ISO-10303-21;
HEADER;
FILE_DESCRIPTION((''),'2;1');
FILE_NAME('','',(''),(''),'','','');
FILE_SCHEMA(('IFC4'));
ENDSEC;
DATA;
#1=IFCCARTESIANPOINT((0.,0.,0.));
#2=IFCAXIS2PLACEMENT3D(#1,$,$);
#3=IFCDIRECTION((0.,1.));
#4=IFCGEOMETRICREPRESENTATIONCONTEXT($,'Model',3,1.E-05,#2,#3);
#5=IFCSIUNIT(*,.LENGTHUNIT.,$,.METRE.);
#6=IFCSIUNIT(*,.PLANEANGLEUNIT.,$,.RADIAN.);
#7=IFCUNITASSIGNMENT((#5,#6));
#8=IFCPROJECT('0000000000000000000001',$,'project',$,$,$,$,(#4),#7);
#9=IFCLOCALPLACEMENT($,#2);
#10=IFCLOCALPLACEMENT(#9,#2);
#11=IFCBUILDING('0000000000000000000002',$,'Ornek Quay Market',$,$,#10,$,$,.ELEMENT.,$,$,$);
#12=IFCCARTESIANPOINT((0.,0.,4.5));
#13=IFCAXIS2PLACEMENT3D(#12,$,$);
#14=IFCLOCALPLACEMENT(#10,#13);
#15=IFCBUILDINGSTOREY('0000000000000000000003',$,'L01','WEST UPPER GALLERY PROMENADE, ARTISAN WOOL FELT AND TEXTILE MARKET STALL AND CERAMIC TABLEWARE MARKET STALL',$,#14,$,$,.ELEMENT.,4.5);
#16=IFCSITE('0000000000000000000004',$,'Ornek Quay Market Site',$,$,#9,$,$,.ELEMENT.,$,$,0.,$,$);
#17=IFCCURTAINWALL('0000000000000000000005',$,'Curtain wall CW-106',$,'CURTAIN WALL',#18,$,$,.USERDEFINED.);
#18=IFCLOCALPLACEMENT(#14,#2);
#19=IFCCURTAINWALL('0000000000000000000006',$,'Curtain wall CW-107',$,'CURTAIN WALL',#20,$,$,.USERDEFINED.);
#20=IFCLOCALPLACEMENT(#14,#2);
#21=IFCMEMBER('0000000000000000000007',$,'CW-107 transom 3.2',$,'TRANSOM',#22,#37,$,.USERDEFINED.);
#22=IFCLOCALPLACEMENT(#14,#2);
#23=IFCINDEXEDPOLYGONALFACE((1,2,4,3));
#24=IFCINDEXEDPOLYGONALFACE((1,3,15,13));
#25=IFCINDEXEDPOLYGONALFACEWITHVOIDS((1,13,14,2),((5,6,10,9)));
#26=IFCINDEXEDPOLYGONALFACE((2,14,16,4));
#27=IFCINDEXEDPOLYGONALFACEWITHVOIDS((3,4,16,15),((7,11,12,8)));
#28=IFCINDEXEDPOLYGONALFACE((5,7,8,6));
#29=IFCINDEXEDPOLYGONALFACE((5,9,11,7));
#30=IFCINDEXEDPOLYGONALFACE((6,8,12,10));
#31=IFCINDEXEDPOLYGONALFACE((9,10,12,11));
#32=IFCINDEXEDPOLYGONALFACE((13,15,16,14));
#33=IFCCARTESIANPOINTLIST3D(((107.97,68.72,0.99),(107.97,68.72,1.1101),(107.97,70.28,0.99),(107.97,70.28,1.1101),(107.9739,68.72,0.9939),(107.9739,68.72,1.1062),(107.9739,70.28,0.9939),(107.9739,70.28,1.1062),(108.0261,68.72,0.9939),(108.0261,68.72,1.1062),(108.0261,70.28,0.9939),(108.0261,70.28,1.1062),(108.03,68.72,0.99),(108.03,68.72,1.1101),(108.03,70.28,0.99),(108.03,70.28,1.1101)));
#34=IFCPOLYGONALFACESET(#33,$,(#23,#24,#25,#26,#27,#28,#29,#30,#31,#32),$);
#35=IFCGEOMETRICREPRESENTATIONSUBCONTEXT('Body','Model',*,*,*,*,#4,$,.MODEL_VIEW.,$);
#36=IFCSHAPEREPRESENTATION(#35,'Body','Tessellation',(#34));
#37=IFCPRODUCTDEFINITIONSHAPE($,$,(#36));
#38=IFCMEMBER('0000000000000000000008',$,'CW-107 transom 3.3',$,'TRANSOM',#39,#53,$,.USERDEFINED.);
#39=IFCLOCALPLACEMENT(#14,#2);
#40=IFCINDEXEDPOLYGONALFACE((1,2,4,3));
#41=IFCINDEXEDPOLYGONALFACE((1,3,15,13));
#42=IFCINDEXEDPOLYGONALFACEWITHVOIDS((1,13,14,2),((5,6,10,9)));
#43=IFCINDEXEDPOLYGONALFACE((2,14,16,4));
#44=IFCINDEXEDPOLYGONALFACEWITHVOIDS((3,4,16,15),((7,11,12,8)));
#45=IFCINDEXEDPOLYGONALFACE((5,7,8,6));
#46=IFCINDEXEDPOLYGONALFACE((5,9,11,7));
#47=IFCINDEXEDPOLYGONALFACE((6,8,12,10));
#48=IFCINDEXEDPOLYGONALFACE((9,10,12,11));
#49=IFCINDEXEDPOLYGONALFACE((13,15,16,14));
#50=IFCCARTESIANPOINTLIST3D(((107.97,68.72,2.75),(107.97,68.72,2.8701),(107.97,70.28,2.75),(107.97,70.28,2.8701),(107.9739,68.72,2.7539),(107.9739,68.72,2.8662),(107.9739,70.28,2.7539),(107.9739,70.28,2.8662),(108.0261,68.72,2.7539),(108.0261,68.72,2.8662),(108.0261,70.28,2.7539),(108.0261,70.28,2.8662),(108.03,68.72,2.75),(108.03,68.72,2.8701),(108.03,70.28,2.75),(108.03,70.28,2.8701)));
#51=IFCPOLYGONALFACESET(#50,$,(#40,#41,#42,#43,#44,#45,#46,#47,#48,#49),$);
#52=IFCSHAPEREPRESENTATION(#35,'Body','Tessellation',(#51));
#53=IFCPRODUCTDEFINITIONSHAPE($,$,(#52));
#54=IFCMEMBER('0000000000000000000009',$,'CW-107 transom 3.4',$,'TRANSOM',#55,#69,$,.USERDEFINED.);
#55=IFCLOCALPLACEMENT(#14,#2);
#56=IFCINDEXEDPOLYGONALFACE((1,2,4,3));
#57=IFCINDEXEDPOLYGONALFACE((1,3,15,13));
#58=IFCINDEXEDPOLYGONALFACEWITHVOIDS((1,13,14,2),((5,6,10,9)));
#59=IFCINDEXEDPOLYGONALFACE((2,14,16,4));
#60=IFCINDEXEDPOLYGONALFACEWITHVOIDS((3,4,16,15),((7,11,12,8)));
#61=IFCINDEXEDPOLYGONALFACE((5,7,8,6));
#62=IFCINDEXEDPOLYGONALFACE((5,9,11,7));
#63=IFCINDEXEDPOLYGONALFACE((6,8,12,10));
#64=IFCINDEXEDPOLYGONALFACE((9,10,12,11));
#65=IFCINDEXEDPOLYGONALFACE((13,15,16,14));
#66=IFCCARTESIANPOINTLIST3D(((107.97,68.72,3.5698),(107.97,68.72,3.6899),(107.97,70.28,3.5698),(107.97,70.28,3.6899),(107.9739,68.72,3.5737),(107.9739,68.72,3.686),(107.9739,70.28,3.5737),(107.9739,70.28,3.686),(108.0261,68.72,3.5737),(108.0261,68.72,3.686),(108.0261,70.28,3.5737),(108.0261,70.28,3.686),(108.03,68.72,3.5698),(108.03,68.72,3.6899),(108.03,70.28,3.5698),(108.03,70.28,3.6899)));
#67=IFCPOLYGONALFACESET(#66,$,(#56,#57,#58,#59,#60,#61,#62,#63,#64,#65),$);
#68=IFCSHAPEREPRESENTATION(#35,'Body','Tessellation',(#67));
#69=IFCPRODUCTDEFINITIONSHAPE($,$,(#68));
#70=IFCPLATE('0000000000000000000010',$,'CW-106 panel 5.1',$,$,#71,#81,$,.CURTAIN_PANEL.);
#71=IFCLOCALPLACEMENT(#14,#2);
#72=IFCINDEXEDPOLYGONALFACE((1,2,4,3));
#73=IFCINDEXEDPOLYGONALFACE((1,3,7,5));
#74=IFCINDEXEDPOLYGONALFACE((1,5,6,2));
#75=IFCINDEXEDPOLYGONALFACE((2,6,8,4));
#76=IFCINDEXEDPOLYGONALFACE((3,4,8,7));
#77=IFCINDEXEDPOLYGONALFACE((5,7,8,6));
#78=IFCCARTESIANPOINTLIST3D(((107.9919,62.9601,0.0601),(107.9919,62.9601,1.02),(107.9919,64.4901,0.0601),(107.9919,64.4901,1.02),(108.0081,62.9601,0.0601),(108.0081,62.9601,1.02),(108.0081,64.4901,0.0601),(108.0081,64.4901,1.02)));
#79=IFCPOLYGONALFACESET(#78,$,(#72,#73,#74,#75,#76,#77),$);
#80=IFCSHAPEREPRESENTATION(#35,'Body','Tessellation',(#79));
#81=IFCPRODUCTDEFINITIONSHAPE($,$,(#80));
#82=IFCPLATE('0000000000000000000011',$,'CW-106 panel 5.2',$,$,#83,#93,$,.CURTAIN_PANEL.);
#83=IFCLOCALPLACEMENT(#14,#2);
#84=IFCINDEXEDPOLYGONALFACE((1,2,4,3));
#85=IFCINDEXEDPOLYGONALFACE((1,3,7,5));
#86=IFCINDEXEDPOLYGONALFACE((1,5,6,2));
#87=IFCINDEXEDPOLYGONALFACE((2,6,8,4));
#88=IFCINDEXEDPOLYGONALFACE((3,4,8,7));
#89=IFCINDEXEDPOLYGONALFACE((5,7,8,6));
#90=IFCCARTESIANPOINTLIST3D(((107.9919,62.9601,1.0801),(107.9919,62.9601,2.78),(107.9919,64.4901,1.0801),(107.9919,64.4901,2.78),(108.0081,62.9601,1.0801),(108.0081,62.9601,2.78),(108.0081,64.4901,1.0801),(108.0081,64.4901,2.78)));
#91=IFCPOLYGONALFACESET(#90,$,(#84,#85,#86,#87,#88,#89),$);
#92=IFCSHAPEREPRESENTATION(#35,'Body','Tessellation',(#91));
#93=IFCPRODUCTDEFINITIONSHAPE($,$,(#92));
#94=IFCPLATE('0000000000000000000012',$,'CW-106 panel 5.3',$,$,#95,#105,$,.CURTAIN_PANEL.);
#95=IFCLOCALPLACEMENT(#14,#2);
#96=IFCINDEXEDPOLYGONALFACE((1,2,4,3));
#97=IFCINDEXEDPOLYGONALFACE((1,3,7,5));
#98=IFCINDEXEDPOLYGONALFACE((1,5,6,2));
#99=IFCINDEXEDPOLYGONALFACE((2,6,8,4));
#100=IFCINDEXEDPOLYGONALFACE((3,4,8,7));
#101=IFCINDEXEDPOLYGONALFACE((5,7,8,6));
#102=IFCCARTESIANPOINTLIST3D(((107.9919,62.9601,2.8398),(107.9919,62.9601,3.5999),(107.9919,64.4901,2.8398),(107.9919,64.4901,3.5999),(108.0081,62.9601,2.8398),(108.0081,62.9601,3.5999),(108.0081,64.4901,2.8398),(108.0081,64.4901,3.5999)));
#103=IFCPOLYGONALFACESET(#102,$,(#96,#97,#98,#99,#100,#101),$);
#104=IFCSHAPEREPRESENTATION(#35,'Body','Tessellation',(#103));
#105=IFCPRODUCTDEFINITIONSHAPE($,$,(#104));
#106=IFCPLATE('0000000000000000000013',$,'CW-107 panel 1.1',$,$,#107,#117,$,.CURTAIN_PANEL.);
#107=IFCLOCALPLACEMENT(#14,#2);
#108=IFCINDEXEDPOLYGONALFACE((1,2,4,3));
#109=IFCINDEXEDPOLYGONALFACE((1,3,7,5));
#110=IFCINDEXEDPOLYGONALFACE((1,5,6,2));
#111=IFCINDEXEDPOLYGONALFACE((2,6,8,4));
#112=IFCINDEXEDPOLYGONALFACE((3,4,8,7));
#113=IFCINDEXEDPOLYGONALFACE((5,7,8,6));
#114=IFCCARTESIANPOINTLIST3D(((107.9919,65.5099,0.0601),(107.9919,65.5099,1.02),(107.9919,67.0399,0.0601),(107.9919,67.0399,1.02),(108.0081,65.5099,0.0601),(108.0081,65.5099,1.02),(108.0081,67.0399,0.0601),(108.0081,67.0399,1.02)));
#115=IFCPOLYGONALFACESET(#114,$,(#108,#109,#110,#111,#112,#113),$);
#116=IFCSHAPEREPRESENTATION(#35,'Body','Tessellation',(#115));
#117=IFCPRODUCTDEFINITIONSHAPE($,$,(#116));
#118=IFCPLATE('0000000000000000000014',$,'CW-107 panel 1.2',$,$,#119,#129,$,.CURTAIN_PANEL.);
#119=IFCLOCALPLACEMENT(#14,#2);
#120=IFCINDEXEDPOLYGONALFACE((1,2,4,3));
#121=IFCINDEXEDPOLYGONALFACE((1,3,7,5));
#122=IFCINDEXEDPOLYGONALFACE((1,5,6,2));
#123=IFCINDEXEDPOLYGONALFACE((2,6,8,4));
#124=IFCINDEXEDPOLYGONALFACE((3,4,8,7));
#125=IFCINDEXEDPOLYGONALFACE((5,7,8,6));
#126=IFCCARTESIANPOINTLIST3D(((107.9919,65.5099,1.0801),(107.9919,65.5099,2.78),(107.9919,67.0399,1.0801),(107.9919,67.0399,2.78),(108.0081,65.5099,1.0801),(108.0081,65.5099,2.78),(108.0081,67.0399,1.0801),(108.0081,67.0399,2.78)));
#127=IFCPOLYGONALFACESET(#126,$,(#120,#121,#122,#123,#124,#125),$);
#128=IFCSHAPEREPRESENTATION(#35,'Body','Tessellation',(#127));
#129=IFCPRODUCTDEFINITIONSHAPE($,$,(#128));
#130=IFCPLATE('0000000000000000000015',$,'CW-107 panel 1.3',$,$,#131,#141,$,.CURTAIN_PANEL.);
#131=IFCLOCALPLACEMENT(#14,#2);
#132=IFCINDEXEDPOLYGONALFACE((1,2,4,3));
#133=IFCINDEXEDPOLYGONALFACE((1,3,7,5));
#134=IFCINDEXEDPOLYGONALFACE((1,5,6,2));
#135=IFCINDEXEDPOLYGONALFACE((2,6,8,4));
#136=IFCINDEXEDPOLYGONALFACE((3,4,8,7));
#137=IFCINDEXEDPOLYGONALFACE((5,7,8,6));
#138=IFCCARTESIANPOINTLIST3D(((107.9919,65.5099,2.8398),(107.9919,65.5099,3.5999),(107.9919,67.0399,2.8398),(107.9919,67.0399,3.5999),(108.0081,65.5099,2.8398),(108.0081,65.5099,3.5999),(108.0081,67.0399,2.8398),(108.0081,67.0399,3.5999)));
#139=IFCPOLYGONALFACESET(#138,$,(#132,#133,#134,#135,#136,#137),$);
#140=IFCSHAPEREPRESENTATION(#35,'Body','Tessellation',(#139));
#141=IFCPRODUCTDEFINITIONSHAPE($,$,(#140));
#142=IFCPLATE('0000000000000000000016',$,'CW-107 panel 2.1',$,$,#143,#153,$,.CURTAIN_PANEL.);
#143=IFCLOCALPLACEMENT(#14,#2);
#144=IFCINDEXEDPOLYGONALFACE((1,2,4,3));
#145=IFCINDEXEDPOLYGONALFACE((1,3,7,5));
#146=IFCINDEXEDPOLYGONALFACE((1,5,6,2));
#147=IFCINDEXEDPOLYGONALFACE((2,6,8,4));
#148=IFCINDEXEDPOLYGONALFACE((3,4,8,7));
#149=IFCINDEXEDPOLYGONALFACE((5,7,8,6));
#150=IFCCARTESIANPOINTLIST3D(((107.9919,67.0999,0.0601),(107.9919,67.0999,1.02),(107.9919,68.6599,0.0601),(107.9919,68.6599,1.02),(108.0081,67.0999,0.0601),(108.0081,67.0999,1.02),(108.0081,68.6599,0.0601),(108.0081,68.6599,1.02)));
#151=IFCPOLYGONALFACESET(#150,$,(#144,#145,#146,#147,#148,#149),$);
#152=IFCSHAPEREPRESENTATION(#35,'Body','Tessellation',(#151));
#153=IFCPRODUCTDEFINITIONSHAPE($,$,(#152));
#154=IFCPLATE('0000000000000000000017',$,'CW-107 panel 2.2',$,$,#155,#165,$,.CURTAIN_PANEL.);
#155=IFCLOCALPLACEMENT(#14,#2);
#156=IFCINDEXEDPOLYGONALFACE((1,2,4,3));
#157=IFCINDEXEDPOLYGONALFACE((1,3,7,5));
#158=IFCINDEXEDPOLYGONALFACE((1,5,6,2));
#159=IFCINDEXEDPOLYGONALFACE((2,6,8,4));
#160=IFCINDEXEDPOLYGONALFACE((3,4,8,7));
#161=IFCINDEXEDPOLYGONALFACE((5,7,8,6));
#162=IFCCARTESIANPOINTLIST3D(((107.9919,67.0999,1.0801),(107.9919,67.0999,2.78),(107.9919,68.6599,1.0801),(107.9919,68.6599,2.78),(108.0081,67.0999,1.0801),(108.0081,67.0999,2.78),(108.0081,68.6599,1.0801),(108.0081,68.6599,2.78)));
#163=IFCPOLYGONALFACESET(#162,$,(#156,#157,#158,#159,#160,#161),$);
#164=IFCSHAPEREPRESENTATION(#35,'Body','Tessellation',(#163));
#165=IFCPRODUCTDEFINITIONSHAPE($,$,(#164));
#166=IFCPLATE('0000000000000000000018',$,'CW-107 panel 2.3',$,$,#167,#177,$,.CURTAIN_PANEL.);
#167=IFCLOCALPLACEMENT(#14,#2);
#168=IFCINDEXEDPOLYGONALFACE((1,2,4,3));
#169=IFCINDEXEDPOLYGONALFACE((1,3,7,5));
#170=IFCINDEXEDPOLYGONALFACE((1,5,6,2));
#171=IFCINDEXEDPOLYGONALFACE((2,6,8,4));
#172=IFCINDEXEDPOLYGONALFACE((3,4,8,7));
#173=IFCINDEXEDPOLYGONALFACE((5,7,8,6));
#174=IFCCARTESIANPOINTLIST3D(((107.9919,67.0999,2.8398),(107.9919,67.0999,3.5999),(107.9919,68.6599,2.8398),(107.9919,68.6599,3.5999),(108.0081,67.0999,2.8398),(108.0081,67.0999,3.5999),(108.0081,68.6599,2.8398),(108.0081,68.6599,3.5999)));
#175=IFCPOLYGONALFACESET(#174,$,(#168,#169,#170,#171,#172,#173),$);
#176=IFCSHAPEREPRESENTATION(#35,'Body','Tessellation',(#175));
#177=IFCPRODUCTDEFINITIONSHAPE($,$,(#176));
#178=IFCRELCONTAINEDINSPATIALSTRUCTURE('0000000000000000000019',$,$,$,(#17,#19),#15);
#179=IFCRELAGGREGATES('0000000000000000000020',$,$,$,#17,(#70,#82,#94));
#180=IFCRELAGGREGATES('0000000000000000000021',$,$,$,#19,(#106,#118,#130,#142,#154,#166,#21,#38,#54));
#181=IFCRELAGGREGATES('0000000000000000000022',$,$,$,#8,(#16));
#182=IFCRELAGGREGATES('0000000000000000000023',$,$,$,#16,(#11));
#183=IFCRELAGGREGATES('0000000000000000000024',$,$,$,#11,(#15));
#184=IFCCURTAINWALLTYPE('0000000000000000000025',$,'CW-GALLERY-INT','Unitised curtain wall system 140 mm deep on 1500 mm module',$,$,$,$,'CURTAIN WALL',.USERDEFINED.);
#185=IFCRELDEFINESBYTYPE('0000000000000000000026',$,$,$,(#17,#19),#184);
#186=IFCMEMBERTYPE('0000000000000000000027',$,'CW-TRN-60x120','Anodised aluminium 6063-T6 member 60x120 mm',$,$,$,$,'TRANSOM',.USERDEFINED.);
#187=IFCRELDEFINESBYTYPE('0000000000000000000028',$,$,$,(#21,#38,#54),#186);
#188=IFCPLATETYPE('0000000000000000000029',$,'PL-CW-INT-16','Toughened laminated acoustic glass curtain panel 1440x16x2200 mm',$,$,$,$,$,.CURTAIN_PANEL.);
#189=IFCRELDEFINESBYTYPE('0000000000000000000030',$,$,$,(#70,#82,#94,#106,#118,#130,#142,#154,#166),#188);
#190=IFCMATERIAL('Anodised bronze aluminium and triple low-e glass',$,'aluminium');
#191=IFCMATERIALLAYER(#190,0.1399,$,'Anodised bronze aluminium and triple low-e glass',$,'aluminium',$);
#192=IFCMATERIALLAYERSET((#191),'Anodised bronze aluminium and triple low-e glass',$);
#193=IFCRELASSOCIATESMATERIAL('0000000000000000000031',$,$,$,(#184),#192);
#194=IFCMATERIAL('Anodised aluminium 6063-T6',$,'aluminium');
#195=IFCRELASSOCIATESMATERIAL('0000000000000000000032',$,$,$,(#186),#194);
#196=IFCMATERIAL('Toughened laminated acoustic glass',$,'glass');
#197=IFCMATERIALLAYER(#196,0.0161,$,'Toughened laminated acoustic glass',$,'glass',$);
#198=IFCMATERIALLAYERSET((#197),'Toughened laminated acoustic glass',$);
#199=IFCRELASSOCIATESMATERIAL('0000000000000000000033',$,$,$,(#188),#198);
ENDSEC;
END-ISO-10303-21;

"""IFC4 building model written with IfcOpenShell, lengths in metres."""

from ifc_helpers import new_model, si_unit, direction, frame, origin, origin_2d, place, context, subcontext, project, spatial, rectangle, hollow_rectangle, extrude, material, layer, layer_set, material_profile, profile_set, type_object, element, aggregate, save


model = new_model("IFC4")

# Units and contexts
model_context = context("Model", 3, precision=1e-05, world=origin(), true_north=direction((0.0, 1.0)))
body_context = subcontext(model_context, "Body", "Model", "MODEL_VIEW")
ifc_project = project(units=[si_unit("LENGTHUNIT", "METRE"), si_unit("PLANEANGLEUNIT", "RADIAN")], contexts=[model_context])

# Site, building, storey
site_placement = place(None, origin())
site = spatial("IfcSite", under=ifc_project, at=site_placement, Name="Ornek Quay Market Site", CompositionType="ELEMENT", RefElevation=0.0)
building_placement = place(site_placement, origin())
building = spatial("IfcBuilding", under=site, at=building_placement, Name="Ornek Quay Market", CompositionType="ELEMENT")
storey_placement = place(building_placement, frame((0.0, 0.0, 4.5)))
storey = spatial("IfcBuildingStorey", under=building, at=storey_placement, Name="L01", Description="WEST UPPER GALLERY PROMENADE, ARTISAN WOOL FELT AND TEXTILE MARKET STALL AND CERAMIC TABLEWARE MARKET STALL", CompositionType="ELEMENT", Elevation=4.5)

# Curtain walls
ifc_material_1 = material(Name="Anodised bronze aluminium and triple low-e glass", Category="aluminium")
ifc_layer_1 = layer(ifc_material_1, 0.1399, Name="Anodised bronze aluminium and triple low-e glass", Category="aluminium")
ifc_layer_set_1 = layer_set([ifc_layer_1], Name="Anodised bronze aluminium and triple low-e glass")
curtain_wall_type = type_object("IfcCurtainWallType", Name="CW-GALLERY-INT", Description="Unitised curtain wall system 140 mm deep on 1500 mm module", ElementType="CURTAIN WALL", PredefinedType="USERDEFINED", material=ifc_layer_set_1)
curtain_wall_1_placement = place(storey_placement, origin())
curtain_wall_1 = element("IfcCurtainWall", 1, at=curtain_wall_1_placement, inside=storey, type_object=curtain_wall_type, Name="Curtain wall CW-106", ObjectType="CURTAIN WALL", PredefinedType="USERDEFINED")
ifc_material_2 = material(Name="Anodised aluminium 6063-T6", Category="aluminium")
curtain_wall_2_placement = place(storey_placement, origin())
curtain_wall_2 = element("IfcCurtainWall", 2, at=curtain_wall_2_placement, inside=storey, type_object=curtain_wall_type, Name="Curtain wall CW-107", ObjectType="CURTAIN WALL", PredefinedType="USERDEFINED")

# Members
ifc_material_profile_1 = material_profile(ifc_material_2, hollow_rectangle(XDim=0.0601, YDim=0.1201, WallThickness=0.0039, at=origin_2d()), Name="CW-TRN-60x120", Category="aluminium")
ifc_profile_set_1 = profile_set([ifc_material_profile_1], Name="Anodised aluminium 6063-T6")
member_type_1 = type_object("IfcMemberType", Name="CW-TRN-60x120", Description="Anodised aluminium 6063-T6 member 60x120 mm", ElementType="TRANSOM", PredefinedType="USERDEFINED", material=ifc_profile_set_1)
member_1_placement = place(storey_placement, frame((108.0, 68.72, 1.05), z_axis=(0.0, 1.0, 0.0), x_axis=(-1.0, 0.0, 0.0)))
member_1 = element("IfcMember", 3, at=member_1_placement, type_object=member_type_1, Name="CW-107 transom 3.2", ObjectType="TRANSOM", PredefinedType="USERDEFINED", context=body_context, shape_type="SweptSolid", body=[
    extrude(hollow_rectangle(XDim=0.0601, YDim=0.1201, WallThickness=0.0039, at=origin_2d()), origin(), (0.0, 0.0, 1.0), 1.5601),
])
member_2_placement = place(storey_placement, frame((108.0, 68.72, 2.8101), z_axis=(0.0, 1.0, 0.0), x_axis=(-1.0, 0.0, 0.0)))
member_2 = element("IfcMember", 4, at=member_2_placement, type_object=member_type_1, Name="CW-107 transom 3.3", ObjectType="TRANSOM", PredefinedType="USERDEFINED", context=body_context, shape_type="SweptSolid", body=[
    extrude(hollow_rectangle(XDim=0.0601, YDim=0.1201, WallThickness=0.0039, at=origin_2d()), origin(), (0.0, 0.0, 1.0), 1.5601),
])
member_3_placement = place(storey_placement, frame((108.0, 68.72, 3.6299), z_axis=(0.0, 1.0, 0.0), x_axis=(-1.0, 0.0, 0.0)))
member_3 = element("IfcMember", 5, at=member_3_placement, type_object=member_type_1, Name="CW-107 transom 3.4", ObjectType="TRANSOM", PredefinedType="USERDEFINED", context=body_context, shape_type="SweptSolid", body=[
    extrude(hollow_rectangle(XDim=0.0601, YDim=0.1201, WallThickness=0.0039, at=origin_2d()), origin(), (0.0, 0.0, 1.0), 1.5601),
])

# Plates
ifc_material_3 = material(Name="Toughened laminated acoustic glass", Category="glass")
ifc_layer_2 = layer(ifc_material_3, 0.0161, Name="Toughened laminated acoustic glass", Category="glass")
ifc_layer_set_2 = layer_set([ifc_layer_2], Name="Toughened laminated acoustic glass")
plate_type = type_object("IfcPlateType", Name="PL-CW-INT-16", Description="Toughened laminated acoustic glass curtain panel 1440x16x2200 mm", PredefinedType="CURTAIN_PANEL", material=ifc_layer_set_2)
plate_1_placement = place(storey_placement, frame((108.0, 63.7251, 0.0601), z_axis=(0.0, 0.0, 1.0), x_axis=(0.0, 1.0, 0.0)))
plate_1 = element("IfcPlate", 6, at=plate_1_placement, type_object=plate_type, Name="CW-106 panel 5.1", PredefinedType="CURTAIN_PANEL", context=body_context, shape_type="SweptSolid", body=[
    extrude(rectangle(XDim=1.53, YDim=0.0161, at=origin_2d()), origin(), (0.0, 0.0, 1.0), 0.96),
])
plate_2_placement = place(storey_placement, frame((108.0, 63.7251, 1.0801), z_axis=(0.0, 0.0, 1.0), x_axis=(0.0, 1.0, 0.0)))
plate_2 = element("IfcPlate", 7, at=plate_2_placement, type_object=plate_type, Name="CW-106 panel 5.2", PredefinedType="CURTAIN_PANEL", context=body_context, shape_type="SweptSolid", body=[
    extrude(rectangle(XDim=1.53, YDim=0.0161, at=origin_2d()), origin(), (0.0, 0.0, 1.0), 1.7),
])
plate_3_placement = place(storey_placement, frame((108.0, 63.7251, 2.8398), z_axis=(0.0, 0.0, 1.0), x_axis=(0.0, 1.0, 0.0)))
plate_3 = element("IfcPlate", 8, at=plate_3_placement, type_object=plate_type, Name="CW-106 panel 5.3", PredefinedType="CURTAIN_PANEL", context=body_context, shape_type="SweptSolid", body=[
    extrude(rectangle(XDim=1.53, YDim=0.0161, at=origin_2d()), origin(), (0.0, 0.0, 1.0), 0.76),
])
aggregate(curtain_wall_1, [plate_1, plate_2, plate_3])
plate_4_placement = place(storey_placement, frame((108.0, 66.2749, 0.0601), z_axis=(0.0, 0.0, 1.0), x_axis=(0.0, 1.0, 0.0)))
plate_4 = element("IfcPlate", 9, at=plate_4_placement, type_object=plate_type, Name="CW-107 panel 1.1", PredefinedType="CURTAIN_PANEL", context=body_context, shape_type="SweptSolid", body=[
    extrude(rectangle(XDim=1.53, YDim=0.0161, at=origin_2d()), origin(), (0.0, 0.0, 1.0), 0.96),
])
plate_5_placement = place(storey_placement, frame((108.0, 66.2749, 1.0801), z_axis=(0.0, 0.0, 1.0), x_axis=(0.0, 1.0, 0.0)))
plate_5 = element("IfcPlate", 10, at=plate_5_placement, type_object=plate_type, Name="CW-107 panel 1.2", PredefinedType="CURTAIN_PANEL", context=body_context, shape_type="SweptSolid", body=[
    extrude(rectangle(XDim=1.53, YDim=0.0161, at=origin_2d()), origin(), (0.0, 0.0, 1.0), 1.7),
])
plate_6_placement = place(storey_placement, frame((108.0, 66.2749, 2.8398), z_axis=(0.0, 0.0, 1.0), x_axis=(0.0, 1.0, 0.0)))
plate_6 = element("IfcPlate", 11, at=plate_6_placement, type_object=plate_type, Name="CW-107 panel 1.3", PredefinedType="CURTAIN_PANEL", context=body_context, shape_type="SweptSolid", body=[
    extrude(rectangle(XDim=1.53, YDim=0.0161, at=origin_2d()), origin(), (0.0, 0.0, 1.0), 0.76),
])
plate_7_placement = place(storey_placement, frame((108.0, 67.8799, 0.0601), z_axis=(0.0, 0.0, 1.0), x_axis=(0.0, 1.0, 0.0)))
plate_7 = element("IfcPlate", 12, at=plate_7_placement, type_object=plate_type, Name="CW-107 panel 2.1", PredefinedType="CURTAIN_PANEL", context=body_context, shape_type="SweptSolid", body=[
    extrude(rectangle(XDim=1.5601, YDim=0.0161, at=origin_2d()), origin(), (0.0, 0.0, 1.0), 0.96),
])
plate_8_placement = place(storey_placement, frame((108.0, 67.8799, 1.0801), z_axis=(0.0, 0.0, 1.0), x_axis=(0.0, 1.0, 0.0)))
plate_8 = element("IfcPlate", 13, at=plate_8_placement, type_object=plate_type, Name="CW-107 panel 2.2", PredefinedType="CURTAIN_PANEL", context=body_context, shape_type="SweptSolid", body=[
    extrude(rectangle(XDim=1.5601, YDim=0.0161, at=origin_2d()), origin(), (0.0, 0.0, 1.0), 1.7),
])
plate_9_placement = place(storey_placement, frame((108.0, 67.8799, 2.8398), z_axis=(0.0, 0.0, 1.0), x_axis=(0.0, 1.0, 0.0)))
plate_9 = element("IfcPlate", 14, at=plate_9_placement, type_object=plate_type, Name="CW-107 panel 2.3", PredefinedType="CURTAIN_PANEL", context=body_context, shape_type="SweptSolid", body=[
    extrude(rectangle(XDim=1.5601, YDim=0.0161, at=origin_2d()), origin(), (0.0, 0.0, 1.0), 0.76),
])
aggregate(curtain_wall_2, [plate_4, plate_5, plate_6, plate_7, plate_8, plate_9, member_1, member_2, member_3])

save(model, "model.ifc")
